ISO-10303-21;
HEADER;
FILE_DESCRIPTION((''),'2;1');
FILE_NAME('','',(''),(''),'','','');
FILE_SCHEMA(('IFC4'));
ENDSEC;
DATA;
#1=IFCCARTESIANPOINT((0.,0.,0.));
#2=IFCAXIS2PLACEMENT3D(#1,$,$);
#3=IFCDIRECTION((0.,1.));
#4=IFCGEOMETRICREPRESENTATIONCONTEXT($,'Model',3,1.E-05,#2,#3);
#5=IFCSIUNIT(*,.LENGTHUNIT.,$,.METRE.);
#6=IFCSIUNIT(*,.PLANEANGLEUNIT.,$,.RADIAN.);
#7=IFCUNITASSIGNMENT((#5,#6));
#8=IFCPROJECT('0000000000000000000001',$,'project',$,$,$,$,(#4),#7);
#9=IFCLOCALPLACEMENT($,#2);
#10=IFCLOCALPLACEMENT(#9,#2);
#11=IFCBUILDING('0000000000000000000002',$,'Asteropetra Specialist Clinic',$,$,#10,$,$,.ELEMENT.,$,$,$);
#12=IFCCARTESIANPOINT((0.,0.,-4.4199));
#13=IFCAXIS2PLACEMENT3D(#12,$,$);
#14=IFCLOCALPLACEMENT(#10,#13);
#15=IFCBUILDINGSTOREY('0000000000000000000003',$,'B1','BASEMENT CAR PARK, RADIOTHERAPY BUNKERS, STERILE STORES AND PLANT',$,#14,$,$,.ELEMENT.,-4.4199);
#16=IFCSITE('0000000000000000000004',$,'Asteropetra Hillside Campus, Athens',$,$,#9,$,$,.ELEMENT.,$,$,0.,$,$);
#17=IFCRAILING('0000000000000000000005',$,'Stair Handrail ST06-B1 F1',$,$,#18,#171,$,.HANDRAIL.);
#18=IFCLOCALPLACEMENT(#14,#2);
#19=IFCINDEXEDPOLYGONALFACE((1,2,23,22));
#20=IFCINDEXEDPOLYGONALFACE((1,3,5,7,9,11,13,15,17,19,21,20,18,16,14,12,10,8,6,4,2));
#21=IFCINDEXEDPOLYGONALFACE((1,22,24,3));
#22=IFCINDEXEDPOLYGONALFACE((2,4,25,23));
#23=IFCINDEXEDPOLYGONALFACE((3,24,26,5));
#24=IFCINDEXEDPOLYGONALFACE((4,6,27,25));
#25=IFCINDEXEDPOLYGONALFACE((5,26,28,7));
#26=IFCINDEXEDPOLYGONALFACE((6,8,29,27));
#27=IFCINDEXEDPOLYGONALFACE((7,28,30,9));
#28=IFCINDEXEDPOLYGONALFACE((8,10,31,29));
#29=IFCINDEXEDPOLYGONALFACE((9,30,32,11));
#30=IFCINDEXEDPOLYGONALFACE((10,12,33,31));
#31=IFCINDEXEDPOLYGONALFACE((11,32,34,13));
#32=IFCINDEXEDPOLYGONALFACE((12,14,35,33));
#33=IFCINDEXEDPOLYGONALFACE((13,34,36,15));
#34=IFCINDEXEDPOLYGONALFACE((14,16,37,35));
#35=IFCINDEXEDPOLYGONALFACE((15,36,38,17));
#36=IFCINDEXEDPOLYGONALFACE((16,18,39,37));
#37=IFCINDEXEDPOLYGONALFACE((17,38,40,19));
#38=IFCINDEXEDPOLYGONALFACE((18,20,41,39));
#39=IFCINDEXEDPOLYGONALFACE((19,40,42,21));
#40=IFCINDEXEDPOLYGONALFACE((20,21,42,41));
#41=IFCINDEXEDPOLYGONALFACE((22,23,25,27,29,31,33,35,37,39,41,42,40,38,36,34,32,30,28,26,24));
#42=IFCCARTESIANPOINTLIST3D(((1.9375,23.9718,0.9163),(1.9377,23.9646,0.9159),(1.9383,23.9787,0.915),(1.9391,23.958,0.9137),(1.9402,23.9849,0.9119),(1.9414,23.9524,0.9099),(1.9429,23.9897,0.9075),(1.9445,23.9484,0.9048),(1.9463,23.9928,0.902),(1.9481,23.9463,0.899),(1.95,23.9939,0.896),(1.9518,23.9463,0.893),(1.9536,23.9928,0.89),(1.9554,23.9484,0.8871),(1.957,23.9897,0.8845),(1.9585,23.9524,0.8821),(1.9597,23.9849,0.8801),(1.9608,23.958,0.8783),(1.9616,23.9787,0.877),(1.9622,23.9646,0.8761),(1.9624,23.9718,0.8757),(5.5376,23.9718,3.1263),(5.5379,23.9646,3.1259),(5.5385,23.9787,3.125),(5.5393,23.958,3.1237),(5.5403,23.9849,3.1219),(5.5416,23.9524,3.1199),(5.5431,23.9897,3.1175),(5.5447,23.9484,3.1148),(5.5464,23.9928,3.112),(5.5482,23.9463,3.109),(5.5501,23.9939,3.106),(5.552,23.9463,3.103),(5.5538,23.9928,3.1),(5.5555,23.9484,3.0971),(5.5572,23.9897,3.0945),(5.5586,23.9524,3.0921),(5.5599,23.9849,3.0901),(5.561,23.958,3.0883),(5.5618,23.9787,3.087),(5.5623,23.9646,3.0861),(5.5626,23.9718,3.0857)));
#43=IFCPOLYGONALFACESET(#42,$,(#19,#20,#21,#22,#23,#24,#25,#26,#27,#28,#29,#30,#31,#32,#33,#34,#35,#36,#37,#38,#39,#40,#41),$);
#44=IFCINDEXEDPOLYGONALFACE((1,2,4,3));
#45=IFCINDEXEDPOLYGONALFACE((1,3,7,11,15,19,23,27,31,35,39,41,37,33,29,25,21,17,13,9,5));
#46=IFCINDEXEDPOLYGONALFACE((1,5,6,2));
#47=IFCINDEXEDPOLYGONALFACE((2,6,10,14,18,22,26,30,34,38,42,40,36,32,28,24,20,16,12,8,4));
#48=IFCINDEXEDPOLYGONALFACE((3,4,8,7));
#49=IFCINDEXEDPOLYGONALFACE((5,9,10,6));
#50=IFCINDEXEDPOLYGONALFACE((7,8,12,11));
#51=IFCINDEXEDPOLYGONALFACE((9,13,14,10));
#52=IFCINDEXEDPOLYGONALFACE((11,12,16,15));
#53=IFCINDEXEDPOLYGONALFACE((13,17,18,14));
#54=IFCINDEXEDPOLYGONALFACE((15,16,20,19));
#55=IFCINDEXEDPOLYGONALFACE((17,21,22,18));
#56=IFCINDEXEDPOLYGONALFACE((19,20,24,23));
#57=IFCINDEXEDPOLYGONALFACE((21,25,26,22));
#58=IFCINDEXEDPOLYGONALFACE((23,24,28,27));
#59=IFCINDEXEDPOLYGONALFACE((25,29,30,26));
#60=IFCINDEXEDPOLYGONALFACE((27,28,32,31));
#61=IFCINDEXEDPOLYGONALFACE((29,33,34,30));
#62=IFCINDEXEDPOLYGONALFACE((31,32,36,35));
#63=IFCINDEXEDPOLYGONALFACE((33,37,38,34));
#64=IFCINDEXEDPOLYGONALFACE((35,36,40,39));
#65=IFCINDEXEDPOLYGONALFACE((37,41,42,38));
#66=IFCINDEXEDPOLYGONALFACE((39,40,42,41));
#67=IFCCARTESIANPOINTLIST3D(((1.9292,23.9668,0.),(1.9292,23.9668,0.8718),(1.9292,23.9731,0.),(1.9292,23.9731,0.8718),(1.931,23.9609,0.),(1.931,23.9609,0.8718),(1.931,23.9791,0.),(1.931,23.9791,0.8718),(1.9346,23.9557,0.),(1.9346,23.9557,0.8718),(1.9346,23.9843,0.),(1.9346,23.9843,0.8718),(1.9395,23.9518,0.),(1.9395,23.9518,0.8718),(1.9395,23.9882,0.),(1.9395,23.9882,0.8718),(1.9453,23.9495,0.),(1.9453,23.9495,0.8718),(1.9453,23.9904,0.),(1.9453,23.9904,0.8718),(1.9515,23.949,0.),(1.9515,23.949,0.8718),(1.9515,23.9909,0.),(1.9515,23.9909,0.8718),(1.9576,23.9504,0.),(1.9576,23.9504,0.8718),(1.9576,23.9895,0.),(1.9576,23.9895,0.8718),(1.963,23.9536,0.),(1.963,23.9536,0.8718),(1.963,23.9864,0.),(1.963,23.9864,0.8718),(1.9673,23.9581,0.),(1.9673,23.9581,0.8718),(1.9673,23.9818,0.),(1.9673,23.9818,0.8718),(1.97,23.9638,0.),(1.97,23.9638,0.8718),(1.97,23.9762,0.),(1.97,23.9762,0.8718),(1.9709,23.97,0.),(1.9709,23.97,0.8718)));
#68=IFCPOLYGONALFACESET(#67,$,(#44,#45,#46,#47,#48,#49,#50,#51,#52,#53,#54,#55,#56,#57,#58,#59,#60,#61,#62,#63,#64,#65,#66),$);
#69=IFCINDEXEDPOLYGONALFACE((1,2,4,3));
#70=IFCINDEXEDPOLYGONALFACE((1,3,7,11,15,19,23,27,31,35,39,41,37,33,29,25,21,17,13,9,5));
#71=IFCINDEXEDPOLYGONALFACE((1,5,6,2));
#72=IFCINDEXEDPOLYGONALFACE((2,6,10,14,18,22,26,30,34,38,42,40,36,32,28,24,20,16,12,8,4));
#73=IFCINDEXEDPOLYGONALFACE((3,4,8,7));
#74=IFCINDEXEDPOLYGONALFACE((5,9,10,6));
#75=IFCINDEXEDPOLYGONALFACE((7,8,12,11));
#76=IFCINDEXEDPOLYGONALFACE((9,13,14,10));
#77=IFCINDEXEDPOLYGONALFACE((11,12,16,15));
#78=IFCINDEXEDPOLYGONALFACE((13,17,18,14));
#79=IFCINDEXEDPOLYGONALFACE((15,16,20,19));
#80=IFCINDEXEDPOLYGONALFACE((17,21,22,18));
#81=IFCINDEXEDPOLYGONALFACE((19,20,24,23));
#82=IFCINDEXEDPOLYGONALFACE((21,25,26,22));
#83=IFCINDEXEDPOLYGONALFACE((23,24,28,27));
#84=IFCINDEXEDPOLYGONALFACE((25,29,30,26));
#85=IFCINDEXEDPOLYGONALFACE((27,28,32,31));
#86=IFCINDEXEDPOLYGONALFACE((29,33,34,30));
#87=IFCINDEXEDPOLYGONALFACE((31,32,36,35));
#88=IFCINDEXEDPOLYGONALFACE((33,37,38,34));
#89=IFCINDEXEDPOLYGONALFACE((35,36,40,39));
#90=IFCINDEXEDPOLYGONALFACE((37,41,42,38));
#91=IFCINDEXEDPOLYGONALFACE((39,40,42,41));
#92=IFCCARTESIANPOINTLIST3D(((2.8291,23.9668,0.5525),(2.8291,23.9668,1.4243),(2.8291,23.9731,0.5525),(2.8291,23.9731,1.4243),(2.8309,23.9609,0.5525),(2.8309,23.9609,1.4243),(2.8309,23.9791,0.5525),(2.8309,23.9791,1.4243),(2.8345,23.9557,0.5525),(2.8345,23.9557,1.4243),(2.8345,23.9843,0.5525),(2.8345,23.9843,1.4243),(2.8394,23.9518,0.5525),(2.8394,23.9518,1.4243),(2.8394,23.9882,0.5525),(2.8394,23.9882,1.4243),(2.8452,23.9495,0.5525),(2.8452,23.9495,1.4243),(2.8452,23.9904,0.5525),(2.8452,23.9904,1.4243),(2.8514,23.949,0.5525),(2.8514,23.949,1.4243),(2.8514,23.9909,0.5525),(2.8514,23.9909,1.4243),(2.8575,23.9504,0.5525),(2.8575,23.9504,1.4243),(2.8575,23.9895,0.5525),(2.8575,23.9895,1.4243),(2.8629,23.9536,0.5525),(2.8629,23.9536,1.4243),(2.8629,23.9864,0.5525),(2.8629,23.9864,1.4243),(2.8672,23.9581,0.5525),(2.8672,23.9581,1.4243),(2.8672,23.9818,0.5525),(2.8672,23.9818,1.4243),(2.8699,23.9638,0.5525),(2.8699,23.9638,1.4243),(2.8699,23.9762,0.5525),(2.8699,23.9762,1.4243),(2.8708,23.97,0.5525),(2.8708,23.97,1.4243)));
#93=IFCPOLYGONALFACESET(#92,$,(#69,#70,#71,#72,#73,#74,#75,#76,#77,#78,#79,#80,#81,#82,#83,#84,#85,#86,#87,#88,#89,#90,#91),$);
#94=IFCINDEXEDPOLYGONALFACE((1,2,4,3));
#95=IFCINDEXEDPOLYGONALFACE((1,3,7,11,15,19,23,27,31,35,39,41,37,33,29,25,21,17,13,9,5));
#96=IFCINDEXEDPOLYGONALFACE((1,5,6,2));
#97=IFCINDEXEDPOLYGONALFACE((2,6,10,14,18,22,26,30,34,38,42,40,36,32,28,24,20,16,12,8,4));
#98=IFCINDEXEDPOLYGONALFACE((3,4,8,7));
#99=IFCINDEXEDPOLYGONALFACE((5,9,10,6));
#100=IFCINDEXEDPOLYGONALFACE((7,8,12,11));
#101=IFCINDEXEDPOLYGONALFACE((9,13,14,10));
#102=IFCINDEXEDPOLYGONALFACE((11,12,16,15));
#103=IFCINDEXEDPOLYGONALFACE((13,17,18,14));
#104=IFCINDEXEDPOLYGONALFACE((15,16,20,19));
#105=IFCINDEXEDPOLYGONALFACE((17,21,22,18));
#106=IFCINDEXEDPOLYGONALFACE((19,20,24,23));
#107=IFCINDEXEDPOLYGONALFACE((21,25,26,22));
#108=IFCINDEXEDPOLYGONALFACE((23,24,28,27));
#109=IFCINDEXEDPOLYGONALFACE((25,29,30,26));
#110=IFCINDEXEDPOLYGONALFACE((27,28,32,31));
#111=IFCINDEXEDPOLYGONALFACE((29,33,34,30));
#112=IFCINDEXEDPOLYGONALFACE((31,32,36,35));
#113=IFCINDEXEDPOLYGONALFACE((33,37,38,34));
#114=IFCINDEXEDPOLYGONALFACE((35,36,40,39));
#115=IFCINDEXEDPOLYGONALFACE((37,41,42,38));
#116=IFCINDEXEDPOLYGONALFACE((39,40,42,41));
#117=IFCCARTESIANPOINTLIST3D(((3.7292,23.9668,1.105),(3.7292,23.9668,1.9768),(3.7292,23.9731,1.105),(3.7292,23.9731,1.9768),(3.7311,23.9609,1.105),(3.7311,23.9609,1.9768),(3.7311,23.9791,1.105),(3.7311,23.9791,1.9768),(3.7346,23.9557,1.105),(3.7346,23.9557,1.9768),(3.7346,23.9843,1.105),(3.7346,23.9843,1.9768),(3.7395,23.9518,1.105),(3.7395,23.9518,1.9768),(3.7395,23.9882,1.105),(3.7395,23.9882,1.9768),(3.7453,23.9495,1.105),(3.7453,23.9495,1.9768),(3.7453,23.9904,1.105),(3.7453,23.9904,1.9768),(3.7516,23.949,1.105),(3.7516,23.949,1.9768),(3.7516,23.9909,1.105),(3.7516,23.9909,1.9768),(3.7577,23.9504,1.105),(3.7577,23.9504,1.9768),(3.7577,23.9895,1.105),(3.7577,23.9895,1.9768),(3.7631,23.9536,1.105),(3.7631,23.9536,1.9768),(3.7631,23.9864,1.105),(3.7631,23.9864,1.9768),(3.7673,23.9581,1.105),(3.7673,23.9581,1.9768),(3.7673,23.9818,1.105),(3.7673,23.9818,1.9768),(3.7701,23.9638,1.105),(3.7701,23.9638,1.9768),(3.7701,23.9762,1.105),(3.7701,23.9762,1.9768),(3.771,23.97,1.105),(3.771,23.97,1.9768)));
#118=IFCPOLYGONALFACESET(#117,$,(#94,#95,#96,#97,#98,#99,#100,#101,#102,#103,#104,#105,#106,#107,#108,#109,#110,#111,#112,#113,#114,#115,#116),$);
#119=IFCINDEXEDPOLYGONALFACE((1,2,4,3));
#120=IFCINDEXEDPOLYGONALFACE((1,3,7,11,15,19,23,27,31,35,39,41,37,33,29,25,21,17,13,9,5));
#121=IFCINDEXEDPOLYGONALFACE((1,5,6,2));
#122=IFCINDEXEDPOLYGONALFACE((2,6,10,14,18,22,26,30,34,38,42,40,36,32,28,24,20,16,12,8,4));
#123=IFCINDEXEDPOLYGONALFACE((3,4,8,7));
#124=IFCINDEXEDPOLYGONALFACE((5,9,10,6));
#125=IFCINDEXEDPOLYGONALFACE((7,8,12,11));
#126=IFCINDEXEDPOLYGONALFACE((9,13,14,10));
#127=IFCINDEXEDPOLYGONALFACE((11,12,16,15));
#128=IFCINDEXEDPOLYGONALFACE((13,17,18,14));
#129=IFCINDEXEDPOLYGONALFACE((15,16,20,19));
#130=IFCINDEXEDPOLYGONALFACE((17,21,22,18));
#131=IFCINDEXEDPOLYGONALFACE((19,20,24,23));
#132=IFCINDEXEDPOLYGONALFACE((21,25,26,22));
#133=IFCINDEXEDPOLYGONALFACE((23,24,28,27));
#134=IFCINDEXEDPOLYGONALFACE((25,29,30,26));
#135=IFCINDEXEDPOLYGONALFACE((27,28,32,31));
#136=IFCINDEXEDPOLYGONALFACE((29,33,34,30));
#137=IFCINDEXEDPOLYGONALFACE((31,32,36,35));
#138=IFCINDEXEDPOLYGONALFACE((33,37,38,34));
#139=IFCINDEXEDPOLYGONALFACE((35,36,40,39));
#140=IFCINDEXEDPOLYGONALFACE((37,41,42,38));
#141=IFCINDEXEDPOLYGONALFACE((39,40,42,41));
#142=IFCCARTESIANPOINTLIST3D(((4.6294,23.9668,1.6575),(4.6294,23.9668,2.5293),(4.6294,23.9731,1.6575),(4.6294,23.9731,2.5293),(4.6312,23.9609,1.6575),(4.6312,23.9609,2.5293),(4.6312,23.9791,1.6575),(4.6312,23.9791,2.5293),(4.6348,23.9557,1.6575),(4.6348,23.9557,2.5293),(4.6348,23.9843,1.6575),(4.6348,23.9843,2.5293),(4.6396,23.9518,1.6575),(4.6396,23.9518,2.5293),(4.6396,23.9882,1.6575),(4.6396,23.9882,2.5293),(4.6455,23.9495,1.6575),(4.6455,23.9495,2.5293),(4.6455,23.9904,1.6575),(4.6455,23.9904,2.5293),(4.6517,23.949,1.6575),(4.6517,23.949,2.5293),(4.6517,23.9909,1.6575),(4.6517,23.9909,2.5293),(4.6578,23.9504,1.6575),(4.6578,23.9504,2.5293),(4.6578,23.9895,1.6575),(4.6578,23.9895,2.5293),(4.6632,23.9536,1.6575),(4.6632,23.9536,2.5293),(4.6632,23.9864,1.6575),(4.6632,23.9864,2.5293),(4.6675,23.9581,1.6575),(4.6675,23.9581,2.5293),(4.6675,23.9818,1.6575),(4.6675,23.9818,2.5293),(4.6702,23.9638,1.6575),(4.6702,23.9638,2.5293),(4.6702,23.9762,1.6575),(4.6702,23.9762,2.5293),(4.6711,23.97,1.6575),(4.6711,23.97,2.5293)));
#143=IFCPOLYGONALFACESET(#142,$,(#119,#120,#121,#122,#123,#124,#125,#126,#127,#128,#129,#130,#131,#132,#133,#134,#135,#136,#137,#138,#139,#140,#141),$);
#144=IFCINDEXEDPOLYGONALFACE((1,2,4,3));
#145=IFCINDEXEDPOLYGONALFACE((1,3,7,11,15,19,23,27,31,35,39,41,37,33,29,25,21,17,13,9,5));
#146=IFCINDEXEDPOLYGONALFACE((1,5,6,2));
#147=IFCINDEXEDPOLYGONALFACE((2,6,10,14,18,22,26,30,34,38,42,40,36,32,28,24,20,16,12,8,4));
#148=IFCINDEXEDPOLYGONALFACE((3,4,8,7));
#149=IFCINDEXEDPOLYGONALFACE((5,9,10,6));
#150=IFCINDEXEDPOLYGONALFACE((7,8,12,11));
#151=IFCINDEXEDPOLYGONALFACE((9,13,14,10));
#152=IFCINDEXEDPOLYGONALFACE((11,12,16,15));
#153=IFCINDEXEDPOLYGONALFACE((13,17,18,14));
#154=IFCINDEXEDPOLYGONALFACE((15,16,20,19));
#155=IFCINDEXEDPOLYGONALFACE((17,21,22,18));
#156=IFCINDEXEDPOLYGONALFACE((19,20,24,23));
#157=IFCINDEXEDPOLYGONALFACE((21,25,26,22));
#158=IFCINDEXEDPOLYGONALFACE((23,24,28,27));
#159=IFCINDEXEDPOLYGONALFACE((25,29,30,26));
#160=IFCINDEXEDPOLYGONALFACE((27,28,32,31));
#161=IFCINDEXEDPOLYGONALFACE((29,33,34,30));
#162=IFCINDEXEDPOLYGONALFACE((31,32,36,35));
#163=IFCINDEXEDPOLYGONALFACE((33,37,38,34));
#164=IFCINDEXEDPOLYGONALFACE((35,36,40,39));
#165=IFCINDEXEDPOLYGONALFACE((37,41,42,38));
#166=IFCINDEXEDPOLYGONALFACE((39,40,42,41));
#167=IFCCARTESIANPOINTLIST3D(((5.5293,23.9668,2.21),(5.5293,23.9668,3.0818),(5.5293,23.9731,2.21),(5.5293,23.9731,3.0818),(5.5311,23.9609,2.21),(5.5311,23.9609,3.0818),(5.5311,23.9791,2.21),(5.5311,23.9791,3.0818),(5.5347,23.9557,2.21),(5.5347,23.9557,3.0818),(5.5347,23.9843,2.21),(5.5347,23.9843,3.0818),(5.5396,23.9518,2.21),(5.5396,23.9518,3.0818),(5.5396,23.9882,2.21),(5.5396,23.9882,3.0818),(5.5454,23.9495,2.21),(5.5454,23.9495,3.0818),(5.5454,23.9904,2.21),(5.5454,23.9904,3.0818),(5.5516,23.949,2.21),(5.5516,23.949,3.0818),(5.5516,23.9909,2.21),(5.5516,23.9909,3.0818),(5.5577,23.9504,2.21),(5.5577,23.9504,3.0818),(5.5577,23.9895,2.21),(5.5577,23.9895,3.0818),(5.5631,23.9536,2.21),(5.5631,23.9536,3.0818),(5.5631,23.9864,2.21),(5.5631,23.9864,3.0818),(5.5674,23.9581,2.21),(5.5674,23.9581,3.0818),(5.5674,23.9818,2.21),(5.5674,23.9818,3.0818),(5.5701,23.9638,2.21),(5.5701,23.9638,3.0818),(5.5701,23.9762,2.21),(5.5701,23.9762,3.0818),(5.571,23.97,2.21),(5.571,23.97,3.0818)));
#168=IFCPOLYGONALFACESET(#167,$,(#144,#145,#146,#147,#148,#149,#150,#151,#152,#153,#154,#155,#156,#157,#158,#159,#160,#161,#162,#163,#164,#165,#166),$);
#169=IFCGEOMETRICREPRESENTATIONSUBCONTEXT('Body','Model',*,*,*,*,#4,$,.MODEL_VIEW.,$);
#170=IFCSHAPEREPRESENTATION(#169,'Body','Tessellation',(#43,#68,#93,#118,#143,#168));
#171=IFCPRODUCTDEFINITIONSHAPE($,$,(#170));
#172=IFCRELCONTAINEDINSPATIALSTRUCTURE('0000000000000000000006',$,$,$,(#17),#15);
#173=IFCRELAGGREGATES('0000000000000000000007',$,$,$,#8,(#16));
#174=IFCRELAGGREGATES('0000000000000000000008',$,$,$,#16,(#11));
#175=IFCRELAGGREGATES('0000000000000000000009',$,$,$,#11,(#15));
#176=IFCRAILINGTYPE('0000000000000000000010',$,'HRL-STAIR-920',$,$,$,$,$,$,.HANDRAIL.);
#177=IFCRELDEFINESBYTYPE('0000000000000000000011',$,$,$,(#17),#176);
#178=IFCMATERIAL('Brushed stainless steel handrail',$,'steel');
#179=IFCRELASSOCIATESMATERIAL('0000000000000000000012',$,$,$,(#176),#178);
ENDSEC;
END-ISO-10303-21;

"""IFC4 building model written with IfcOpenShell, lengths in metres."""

from ifc_helpers import new_model, si_unit, direction, frame, origin, origin_2d, place, context, subcontext, project, spatial, circle, extrude, material, type_object, element, save


model = new_model("IFC4")

# Units and contexts
model_context = context("Model", 3, precision=1e-05, world=origin(), true_north=direction((0.0, 1.0)))
body_context = subcontext(model_context, "Body", "Model", "MODEL_VIEW")
ifc_project = project(units=[si_unit("LENGTHUNIT", "METRE"), si_unit("PLANEANGLEUNIT", "RADIAN")], contexts=[model_context])

# Site, building, storey
site_placement = place(None, origin())
site = spatial("IfcSite", under=ifc_project, at=site_placement, Name="Asteropetra Hillside Campus, Athens", CompositionType="ELEMENT", RefElevation=0.0)
building_placement = place(site_placement, origin())
building = spatial("IfcBuilding", under=site, at=building_placement, Name="Asteropetra Specialist Clinic", CompositionType="ELEMENT")
storey_placement = place(building_placement, frame((0.0, 0.0, -4.4199)))
storey = spatial("IfcBuildingStorey", under=building, at=storey_placement, Name="B1", Description="BASEMENT CAR PARK, RADIOTHERAPY BUNKERS, STERILE STORES AND PLANT", CompositionType="ELEMENT", Elevation=-4.4199)

# Railing
ifc_material_1 = material(Name="Brushed stainless steel handrail", Category="steel")
railing_type_1 = type_object("IfcRailingType", Name="HRL-STAIR-920", PredefinedType="HANDRAIL", material=ifc_material_1)
railing_1_placement = place(storey_placement, frame((1.95, 23.97, 0.0)))
element("IfcRailing", 1, at=railing_1_placement, inside=storey, type_object=railing_type_1, Name="Stair Handrail ST06-B1 F1", PredefinedType="HANDRAIL", context=body_context, shape_type="SweptSolid", body=[
    extrude(circle(Radius=0.0239, at=origin_2d()), frame((0.0, 0.0, 0.896), z_axis=(0.852237, 0.0, 0.523156), x_axis=(0.0, 1.0, 0.0)), (0.0, 0.0, 1.0), 4.2244),
    extrude(circle(Radius=0.021, at=origin_2d()), origin(), (0.0, 0.0, 1.0), 0.8718),
    extrude(circle(Radius=0.021, at=origin_2d()), frame((0.8999, 0.0, 0.5525)), (0.0, 0.0, 1.0), 0.8718),
    extrude(circle(Radius=0.021, at=origin_2d()), frame((1.8, 0.0, 1.105)), (0.0, 0.0, 1.0), 0.8718),
    extrude(circle(Radius=0.021, at=origin_2d()), frame((2.7002, 0.0, 1.6575)), (0.0, 0.0, 1.0), 0.8718),
    extrude(circle(Radius=0.021, at=origin_2d()), frame((3.6001, 0.0, 2.21)), (0.0, 0.0, 1.0), 0.8718),
])

save(model, "model.ifc")
